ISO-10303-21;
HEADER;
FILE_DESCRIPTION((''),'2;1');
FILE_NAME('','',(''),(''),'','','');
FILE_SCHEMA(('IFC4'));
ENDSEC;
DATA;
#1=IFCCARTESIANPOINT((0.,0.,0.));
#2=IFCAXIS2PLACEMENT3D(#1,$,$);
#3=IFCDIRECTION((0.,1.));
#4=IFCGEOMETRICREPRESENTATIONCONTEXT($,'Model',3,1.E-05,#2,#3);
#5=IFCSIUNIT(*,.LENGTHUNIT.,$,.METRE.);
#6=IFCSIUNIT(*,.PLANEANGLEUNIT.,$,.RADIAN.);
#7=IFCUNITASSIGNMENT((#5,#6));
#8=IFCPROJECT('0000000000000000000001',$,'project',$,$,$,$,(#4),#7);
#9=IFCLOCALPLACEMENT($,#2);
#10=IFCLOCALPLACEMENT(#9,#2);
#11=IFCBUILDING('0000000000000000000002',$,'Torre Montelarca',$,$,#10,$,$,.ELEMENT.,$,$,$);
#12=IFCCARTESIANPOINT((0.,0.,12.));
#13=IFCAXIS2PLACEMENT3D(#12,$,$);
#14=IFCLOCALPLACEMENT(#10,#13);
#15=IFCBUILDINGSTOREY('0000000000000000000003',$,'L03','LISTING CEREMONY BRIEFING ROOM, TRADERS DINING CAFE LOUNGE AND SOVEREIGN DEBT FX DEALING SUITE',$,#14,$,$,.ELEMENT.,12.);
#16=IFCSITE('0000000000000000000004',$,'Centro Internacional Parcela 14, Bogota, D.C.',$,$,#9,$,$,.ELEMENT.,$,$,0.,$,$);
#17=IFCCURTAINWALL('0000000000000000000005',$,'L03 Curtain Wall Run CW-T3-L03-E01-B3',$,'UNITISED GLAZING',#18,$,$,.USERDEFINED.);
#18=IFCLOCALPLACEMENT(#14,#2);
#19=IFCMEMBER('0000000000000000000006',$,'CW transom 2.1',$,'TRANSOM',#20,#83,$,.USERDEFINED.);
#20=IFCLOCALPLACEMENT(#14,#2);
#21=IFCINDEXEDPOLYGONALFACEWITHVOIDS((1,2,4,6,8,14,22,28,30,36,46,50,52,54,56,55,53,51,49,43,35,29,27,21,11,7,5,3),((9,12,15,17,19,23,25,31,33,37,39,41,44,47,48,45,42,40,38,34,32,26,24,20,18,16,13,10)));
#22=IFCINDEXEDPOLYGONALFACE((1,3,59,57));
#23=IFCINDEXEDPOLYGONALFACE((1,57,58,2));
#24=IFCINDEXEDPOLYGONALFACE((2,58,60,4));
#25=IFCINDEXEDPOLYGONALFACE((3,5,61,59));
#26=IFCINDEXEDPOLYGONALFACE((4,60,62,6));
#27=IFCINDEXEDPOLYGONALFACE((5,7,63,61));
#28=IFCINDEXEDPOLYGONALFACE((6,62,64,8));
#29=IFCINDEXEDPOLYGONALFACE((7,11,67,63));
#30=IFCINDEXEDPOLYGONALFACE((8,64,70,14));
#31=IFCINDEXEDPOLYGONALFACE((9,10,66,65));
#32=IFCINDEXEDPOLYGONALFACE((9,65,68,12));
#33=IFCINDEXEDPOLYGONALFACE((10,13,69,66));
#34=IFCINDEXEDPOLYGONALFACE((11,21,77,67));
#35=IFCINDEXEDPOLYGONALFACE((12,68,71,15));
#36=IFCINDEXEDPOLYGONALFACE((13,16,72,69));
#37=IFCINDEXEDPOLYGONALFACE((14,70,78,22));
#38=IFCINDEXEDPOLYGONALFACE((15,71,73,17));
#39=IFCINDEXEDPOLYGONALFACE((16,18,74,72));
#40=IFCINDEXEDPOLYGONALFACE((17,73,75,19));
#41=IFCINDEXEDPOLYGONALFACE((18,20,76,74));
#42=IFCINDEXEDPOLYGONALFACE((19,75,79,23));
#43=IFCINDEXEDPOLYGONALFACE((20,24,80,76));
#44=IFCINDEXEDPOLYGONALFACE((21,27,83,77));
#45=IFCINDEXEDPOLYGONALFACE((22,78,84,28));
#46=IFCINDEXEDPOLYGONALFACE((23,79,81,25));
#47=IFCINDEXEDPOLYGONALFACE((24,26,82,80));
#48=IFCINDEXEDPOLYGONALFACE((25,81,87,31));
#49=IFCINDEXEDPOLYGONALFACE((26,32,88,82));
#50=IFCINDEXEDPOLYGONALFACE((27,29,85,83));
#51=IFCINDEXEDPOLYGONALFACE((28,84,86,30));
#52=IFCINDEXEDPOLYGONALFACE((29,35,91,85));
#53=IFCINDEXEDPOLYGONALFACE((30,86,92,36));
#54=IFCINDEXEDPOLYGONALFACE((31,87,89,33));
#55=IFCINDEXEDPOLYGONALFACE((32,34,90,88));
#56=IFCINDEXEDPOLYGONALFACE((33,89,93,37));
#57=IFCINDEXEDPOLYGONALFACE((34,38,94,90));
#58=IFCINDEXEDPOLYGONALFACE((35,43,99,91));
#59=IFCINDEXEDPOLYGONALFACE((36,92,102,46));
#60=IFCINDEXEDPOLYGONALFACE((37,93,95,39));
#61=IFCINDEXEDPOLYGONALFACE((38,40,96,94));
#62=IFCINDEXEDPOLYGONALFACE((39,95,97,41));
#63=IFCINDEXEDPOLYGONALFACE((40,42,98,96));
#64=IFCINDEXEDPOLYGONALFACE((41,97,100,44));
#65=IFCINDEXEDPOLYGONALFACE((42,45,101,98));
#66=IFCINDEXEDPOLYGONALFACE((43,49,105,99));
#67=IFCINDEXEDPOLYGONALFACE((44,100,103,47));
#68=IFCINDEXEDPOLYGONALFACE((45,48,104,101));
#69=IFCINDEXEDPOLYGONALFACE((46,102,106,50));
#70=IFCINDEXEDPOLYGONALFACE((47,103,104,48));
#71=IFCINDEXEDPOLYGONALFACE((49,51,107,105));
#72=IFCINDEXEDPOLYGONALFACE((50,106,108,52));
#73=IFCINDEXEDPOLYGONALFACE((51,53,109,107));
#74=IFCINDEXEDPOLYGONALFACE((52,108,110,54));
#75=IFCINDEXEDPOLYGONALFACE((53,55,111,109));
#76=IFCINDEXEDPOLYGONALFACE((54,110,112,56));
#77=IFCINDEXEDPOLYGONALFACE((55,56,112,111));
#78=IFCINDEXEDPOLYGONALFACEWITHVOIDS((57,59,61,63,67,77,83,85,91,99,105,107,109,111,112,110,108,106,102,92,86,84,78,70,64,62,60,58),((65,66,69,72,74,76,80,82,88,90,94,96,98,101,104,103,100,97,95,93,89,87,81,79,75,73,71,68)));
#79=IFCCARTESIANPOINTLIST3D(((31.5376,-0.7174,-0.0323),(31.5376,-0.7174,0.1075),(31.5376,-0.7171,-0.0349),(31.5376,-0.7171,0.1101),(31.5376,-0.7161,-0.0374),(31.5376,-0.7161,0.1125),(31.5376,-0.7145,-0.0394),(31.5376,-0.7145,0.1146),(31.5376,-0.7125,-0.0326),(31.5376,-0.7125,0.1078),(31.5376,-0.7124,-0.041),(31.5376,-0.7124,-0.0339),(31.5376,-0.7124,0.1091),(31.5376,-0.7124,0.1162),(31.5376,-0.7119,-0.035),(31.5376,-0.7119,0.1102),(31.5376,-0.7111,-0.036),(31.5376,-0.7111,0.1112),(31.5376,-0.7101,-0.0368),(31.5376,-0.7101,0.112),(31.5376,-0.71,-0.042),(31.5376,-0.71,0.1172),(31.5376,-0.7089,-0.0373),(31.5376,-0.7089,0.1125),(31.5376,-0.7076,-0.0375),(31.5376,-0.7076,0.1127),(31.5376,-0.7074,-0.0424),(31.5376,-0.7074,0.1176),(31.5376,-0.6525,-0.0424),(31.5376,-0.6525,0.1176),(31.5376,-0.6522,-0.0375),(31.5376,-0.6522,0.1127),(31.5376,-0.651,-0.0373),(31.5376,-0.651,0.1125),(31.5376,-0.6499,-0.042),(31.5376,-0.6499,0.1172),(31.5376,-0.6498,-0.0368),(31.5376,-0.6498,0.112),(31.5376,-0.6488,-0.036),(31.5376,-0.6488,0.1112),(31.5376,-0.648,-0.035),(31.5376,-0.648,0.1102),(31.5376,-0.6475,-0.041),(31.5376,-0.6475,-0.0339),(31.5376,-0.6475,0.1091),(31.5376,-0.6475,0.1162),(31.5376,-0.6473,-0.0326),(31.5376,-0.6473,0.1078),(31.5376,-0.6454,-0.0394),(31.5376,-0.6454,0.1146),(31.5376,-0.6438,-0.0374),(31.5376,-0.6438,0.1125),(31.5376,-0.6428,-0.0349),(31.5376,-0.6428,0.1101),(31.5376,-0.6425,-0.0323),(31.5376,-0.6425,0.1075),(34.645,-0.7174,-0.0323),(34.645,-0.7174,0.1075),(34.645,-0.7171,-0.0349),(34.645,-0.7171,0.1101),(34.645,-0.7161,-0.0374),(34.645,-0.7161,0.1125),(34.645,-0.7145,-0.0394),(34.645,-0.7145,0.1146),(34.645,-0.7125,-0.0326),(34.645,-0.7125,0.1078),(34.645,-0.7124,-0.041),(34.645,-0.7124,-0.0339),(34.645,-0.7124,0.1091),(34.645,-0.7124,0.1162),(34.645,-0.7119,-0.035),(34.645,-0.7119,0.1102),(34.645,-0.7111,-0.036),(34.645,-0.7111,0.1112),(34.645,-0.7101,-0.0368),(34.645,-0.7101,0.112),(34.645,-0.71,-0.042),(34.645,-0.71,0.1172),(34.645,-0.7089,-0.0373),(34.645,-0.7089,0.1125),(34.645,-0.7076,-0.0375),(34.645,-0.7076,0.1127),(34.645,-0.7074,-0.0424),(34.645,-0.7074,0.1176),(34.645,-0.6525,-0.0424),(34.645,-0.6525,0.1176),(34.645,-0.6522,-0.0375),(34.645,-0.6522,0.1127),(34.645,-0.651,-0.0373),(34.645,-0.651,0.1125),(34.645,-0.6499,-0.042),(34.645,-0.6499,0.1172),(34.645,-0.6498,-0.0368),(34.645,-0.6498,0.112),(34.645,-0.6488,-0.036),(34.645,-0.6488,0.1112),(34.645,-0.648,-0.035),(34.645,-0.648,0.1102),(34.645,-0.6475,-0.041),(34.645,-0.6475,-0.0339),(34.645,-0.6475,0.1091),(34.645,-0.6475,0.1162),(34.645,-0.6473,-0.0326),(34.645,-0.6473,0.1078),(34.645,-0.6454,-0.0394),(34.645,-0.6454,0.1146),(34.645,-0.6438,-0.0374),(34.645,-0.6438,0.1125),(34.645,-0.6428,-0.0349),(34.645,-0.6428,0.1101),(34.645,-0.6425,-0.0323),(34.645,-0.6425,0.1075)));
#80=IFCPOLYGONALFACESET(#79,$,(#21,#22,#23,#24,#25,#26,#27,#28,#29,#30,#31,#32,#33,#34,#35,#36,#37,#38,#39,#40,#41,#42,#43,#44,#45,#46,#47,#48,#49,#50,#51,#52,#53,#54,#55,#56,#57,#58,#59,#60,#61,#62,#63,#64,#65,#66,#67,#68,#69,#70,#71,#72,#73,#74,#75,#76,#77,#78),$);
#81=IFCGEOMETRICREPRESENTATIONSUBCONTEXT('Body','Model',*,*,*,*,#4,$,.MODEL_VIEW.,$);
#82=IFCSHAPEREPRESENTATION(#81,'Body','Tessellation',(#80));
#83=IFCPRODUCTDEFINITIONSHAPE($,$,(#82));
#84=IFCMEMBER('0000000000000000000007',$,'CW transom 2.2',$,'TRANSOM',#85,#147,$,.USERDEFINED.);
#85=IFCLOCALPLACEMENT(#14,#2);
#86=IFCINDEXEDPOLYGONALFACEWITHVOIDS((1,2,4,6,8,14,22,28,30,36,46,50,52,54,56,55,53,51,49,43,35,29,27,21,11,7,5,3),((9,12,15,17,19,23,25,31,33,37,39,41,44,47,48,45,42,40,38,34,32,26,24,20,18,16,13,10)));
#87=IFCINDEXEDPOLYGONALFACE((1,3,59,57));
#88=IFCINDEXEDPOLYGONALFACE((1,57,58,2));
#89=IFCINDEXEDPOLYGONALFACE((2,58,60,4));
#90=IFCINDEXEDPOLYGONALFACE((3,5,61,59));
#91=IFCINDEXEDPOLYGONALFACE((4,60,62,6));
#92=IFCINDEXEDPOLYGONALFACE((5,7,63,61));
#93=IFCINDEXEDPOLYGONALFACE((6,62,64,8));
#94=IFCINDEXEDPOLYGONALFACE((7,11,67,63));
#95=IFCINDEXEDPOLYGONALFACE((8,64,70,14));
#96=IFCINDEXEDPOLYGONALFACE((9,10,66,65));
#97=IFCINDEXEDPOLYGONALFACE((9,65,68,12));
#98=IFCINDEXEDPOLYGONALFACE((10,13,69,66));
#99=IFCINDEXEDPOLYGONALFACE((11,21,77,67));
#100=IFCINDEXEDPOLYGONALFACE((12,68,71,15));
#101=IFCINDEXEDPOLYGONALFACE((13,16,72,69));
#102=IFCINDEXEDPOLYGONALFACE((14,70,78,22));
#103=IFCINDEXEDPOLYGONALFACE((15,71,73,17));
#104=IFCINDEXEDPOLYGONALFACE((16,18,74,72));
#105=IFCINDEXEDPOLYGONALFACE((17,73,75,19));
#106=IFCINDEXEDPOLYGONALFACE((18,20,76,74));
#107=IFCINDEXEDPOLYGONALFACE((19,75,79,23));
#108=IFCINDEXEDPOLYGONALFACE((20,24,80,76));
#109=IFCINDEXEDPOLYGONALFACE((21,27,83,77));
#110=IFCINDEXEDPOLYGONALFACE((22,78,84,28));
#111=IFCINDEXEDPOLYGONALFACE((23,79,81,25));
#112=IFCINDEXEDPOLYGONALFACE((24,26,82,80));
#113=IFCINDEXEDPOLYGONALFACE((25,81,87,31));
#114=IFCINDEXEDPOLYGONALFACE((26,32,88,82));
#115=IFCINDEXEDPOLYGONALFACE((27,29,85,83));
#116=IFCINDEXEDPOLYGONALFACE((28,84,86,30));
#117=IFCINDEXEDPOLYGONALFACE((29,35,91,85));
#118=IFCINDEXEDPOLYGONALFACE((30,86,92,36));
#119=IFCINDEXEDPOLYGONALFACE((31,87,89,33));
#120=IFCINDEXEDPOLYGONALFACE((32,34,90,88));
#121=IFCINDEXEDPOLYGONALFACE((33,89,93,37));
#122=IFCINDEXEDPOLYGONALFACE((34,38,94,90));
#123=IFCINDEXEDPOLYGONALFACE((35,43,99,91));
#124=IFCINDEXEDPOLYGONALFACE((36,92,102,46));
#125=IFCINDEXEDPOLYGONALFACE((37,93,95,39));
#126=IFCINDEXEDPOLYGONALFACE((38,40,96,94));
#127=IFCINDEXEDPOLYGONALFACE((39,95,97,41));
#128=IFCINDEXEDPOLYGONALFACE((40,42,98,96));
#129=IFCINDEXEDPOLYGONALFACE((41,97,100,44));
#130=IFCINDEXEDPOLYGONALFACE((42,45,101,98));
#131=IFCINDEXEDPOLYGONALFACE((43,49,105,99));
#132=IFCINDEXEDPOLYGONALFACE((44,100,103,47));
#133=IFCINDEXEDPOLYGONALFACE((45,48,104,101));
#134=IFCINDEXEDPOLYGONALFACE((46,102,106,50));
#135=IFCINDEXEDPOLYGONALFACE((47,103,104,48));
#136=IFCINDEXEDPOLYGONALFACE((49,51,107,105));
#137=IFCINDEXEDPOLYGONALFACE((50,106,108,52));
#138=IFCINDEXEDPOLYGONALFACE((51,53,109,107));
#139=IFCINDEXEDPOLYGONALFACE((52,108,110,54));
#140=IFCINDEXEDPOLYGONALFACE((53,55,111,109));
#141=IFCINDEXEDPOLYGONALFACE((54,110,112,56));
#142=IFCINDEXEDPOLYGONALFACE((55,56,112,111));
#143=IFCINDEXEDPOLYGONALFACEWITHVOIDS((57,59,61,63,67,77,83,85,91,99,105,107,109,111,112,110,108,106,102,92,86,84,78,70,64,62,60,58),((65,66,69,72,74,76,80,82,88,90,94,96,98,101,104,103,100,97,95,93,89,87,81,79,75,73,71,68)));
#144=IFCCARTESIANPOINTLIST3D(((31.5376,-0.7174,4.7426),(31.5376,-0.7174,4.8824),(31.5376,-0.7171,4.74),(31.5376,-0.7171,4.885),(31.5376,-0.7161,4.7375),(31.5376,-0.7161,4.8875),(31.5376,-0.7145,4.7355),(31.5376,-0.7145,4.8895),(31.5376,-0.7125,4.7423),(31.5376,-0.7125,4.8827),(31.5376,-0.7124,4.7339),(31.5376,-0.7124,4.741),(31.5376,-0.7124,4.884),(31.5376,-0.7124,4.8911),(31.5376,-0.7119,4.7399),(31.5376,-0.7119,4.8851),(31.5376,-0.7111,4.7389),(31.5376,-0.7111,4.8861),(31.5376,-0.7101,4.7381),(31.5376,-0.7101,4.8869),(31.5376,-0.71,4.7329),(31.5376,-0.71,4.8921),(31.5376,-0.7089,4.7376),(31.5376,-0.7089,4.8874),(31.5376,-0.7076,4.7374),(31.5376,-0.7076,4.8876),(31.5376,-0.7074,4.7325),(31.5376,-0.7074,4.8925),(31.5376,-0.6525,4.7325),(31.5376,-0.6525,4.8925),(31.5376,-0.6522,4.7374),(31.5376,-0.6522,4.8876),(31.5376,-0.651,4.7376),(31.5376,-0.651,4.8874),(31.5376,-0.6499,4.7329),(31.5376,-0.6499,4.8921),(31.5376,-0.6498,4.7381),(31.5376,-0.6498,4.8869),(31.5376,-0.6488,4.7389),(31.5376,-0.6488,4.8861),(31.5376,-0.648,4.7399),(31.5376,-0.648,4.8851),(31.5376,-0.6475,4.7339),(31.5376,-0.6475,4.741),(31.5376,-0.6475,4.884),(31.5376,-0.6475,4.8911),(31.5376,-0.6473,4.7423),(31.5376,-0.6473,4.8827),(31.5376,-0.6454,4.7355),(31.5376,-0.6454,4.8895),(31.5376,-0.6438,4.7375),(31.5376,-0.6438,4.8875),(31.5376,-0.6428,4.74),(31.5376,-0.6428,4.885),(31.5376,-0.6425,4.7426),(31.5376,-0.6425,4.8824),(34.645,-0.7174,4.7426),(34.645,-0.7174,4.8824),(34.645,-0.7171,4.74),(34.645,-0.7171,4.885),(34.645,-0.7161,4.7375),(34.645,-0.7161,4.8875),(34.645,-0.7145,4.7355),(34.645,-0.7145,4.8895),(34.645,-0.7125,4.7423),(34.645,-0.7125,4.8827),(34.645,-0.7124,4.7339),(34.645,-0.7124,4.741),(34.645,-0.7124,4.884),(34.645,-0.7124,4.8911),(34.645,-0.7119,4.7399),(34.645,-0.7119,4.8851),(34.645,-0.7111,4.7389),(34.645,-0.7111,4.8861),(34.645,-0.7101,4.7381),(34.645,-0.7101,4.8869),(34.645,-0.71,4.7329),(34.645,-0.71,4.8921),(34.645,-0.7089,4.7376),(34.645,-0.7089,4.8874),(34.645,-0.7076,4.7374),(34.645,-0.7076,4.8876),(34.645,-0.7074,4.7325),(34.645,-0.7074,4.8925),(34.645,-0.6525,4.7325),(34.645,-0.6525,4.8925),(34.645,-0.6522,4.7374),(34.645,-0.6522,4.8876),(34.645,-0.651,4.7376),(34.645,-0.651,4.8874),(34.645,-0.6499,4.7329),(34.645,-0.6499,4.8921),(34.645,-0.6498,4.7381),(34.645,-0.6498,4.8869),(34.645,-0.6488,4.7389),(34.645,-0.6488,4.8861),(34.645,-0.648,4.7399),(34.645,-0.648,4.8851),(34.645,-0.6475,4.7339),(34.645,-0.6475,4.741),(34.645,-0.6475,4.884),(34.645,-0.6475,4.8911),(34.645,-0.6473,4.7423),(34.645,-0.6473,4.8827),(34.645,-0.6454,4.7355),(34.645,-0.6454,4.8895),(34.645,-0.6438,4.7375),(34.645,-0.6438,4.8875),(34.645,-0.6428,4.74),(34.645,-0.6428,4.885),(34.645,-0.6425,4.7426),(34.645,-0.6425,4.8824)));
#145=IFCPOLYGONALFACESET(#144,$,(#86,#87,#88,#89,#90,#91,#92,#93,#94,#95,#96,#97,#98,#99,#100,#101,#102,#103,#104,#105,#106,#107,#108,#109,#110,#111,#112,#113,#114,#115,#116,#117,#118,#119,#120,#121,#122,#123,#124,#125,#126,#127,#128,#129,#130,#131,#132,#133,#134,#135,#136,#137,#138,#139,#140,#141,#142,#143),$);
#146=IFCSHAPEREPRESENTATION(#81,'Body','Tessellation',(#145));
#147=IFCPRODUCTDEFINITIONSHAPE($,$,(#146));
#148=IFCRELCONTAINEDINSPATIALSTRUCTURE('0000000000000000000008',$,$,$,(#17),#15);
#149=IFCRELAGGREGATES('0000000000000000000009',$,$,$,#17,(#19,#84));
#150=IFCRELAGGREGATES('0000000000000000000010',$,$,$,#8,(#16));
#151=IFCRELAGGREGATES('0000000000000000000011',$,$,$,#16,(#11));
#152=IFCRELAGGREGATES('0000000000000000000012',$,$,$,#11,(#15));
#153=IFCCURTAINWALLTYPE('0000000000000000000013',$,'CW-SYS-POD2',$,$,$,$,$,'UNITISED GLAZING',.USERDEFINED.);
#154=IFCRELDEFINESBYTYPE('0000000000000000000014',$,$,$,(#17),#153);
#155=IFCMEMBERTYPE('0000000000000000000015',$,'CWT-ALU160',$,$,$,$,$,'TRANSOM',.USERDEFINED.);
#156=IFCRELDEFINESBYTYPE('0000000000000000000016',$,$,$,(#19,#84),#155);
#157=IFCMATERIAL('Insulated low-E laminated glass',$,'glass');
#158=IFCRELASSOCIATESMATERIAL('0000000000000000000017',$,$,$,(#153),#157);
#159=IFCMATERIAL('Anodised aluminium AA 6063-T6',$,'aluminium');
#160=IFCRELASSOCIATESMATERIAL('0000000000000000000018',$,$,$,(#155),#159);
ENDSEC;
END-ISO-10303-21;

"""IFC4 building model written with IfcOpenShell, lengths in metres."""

from ifc_helpers import new_model, si_unit, direction, frame, origin, origin_2d, place, context, subcontext, project, spatial, hollow_rectangle, extrude, source, transform, mapped, material, material_profile, profile_set, type_object, element, aggregate, save


model = new_model("IFC4")

# Units and contexts
model_context = context("Model", 3, precision=1e-05, world=origin(), true_north=direction((0.0, 1.0)))
body_context = subcontext(model_context, "Body", "Model", "MODEL_VIEW")
ifc_project = project(units=[si_unit("LENGTHUNIT", "METRE"), si_unit("PLANEANGLEUNIT", "RADIAN")], contexts=[model_context])

# Site, building, storey
site_placement = place(None, origin())
site = spatial("IfcSite", under=ifc_project, at=site_placement, Name="Centro Internacional Parcela 14, Bogota, D.C.", CompositionType="ELEMENT", RefElevation=0.0)
building_placement = place(site_placement, origin())
building = spatial("IfcBuilding", under=site, at=building_placement, Name="Torre Montelarca", CompositionType="ELEMENT")
storey_placement = place(building_placement, frame((0.0, 0.0, 12.0)))
storey = spatial("IfcBuildingStorey", under=building, at=storey_placement, Name="L03", Description="LISTING CEREMONY BRIEFING ROOM, TRADERS DINING CAFE LOUNGE AND SOVEREIGN DEBT FX DEALING SUITE", CompositionType="ELEMENT", Elevation=12.0)

# Curtain wall, members
ifc_material_1 = material(Name="Insulated low-E laminated glass", Category="glass")
curtain_wall_type = type_object("IfcCurtainWallType", Name="CW-SYS-POD2", ElementType="UNITISED GLAZING", PredefinedType="USERDEFINED", material=ifc_material_1)
curtain_wall_placement = place(storey_placement, origin())
curtain_wall = element("IfcCurtainWall", 1, at=curtain_wall_placement, inside=storey, type_object=curtain_wall_type, Name="L03 Curtain Wall Run CW-T3-L03-E01-B3", ObjectType="UNITISED GLAZING", PredefinedType="USERDEFINED")
ifc_material_2 = material(Name="Anodised aluminium AA 6063-T6", Category="aluminium")
ifc_material_profile_1 = material_profile(ifc_material_2, hollow_rectangle(XDim=0.075, YDim=0.1599, WallThickness=0.0049, InnerFilletRadius=0.0049, OuterFilletRadius=0.01, at=origin_2d()), Name="ALU75X160X5", Category="aluminium")
ifc_profile_set_1 = profile_set([ifc_material_profile_1], Name="Anodised aluminium AA 6063-T6")
member_type_1 = type_object("IfcMemberType", Name="CWT-ALU160", ElementType="TRANSOM", PredefinedType="USERDEFINED", material=ifc_profile_set_1)
shared_shape_1 = source(origin(), body_context, "Body", "SweptSolid", [
    extrude(hollow_rectangle(XDim=0.075, YDim=0.1599, WallThickness=0.0049, InnerFilletRadius=0.0049, OuterFilletRadius=0.01, at=origin_2d()), origin(), (0.0, 0.0, 1.0), 3.1074),
])
member_1_placement = place(storey_placement, frame((31.5376, -0.6799, 0.0376), z_axis=(1.0, 0.0, 0.0), x_axis=(0.0, 1.0, 0.0)))
member_1 = element("IfcMember", 2, at=member_1_placement, type_object=member_type_1, Name="CW transom 2.1", ObjectType="TRANSOM", PredefinedType="USERDEFINED", context=body_context, shape_type="MappedRepresentation", body=[
    mapped(shared_shape_1, transform((0.0, 0.0, 0.0), scale=1.0)),
])
member_2_placement = place(storey_placement, frame((31.5376, -0.6799, 4.8125), z_axis=(1.0, 0.0, 0.0), x_axis=(0.0, 1.0, 0.0)))
member_2 = element("IfcMember", 3, at=member_2_placement, type_object=member_type_1, Name="CW transom 2.2", ObjectType="TRANSOM", PredefinedType="USERDEFINED", context=body_context, shape_type="MappedRepresentation", body=[
    mapped(shared_shape_1, transform((0.0, 0.0, 0.0), scale=1.0)),
])
aggregate(curtain_wall, [member_1, member_2])

save(model, "model.ifc")
